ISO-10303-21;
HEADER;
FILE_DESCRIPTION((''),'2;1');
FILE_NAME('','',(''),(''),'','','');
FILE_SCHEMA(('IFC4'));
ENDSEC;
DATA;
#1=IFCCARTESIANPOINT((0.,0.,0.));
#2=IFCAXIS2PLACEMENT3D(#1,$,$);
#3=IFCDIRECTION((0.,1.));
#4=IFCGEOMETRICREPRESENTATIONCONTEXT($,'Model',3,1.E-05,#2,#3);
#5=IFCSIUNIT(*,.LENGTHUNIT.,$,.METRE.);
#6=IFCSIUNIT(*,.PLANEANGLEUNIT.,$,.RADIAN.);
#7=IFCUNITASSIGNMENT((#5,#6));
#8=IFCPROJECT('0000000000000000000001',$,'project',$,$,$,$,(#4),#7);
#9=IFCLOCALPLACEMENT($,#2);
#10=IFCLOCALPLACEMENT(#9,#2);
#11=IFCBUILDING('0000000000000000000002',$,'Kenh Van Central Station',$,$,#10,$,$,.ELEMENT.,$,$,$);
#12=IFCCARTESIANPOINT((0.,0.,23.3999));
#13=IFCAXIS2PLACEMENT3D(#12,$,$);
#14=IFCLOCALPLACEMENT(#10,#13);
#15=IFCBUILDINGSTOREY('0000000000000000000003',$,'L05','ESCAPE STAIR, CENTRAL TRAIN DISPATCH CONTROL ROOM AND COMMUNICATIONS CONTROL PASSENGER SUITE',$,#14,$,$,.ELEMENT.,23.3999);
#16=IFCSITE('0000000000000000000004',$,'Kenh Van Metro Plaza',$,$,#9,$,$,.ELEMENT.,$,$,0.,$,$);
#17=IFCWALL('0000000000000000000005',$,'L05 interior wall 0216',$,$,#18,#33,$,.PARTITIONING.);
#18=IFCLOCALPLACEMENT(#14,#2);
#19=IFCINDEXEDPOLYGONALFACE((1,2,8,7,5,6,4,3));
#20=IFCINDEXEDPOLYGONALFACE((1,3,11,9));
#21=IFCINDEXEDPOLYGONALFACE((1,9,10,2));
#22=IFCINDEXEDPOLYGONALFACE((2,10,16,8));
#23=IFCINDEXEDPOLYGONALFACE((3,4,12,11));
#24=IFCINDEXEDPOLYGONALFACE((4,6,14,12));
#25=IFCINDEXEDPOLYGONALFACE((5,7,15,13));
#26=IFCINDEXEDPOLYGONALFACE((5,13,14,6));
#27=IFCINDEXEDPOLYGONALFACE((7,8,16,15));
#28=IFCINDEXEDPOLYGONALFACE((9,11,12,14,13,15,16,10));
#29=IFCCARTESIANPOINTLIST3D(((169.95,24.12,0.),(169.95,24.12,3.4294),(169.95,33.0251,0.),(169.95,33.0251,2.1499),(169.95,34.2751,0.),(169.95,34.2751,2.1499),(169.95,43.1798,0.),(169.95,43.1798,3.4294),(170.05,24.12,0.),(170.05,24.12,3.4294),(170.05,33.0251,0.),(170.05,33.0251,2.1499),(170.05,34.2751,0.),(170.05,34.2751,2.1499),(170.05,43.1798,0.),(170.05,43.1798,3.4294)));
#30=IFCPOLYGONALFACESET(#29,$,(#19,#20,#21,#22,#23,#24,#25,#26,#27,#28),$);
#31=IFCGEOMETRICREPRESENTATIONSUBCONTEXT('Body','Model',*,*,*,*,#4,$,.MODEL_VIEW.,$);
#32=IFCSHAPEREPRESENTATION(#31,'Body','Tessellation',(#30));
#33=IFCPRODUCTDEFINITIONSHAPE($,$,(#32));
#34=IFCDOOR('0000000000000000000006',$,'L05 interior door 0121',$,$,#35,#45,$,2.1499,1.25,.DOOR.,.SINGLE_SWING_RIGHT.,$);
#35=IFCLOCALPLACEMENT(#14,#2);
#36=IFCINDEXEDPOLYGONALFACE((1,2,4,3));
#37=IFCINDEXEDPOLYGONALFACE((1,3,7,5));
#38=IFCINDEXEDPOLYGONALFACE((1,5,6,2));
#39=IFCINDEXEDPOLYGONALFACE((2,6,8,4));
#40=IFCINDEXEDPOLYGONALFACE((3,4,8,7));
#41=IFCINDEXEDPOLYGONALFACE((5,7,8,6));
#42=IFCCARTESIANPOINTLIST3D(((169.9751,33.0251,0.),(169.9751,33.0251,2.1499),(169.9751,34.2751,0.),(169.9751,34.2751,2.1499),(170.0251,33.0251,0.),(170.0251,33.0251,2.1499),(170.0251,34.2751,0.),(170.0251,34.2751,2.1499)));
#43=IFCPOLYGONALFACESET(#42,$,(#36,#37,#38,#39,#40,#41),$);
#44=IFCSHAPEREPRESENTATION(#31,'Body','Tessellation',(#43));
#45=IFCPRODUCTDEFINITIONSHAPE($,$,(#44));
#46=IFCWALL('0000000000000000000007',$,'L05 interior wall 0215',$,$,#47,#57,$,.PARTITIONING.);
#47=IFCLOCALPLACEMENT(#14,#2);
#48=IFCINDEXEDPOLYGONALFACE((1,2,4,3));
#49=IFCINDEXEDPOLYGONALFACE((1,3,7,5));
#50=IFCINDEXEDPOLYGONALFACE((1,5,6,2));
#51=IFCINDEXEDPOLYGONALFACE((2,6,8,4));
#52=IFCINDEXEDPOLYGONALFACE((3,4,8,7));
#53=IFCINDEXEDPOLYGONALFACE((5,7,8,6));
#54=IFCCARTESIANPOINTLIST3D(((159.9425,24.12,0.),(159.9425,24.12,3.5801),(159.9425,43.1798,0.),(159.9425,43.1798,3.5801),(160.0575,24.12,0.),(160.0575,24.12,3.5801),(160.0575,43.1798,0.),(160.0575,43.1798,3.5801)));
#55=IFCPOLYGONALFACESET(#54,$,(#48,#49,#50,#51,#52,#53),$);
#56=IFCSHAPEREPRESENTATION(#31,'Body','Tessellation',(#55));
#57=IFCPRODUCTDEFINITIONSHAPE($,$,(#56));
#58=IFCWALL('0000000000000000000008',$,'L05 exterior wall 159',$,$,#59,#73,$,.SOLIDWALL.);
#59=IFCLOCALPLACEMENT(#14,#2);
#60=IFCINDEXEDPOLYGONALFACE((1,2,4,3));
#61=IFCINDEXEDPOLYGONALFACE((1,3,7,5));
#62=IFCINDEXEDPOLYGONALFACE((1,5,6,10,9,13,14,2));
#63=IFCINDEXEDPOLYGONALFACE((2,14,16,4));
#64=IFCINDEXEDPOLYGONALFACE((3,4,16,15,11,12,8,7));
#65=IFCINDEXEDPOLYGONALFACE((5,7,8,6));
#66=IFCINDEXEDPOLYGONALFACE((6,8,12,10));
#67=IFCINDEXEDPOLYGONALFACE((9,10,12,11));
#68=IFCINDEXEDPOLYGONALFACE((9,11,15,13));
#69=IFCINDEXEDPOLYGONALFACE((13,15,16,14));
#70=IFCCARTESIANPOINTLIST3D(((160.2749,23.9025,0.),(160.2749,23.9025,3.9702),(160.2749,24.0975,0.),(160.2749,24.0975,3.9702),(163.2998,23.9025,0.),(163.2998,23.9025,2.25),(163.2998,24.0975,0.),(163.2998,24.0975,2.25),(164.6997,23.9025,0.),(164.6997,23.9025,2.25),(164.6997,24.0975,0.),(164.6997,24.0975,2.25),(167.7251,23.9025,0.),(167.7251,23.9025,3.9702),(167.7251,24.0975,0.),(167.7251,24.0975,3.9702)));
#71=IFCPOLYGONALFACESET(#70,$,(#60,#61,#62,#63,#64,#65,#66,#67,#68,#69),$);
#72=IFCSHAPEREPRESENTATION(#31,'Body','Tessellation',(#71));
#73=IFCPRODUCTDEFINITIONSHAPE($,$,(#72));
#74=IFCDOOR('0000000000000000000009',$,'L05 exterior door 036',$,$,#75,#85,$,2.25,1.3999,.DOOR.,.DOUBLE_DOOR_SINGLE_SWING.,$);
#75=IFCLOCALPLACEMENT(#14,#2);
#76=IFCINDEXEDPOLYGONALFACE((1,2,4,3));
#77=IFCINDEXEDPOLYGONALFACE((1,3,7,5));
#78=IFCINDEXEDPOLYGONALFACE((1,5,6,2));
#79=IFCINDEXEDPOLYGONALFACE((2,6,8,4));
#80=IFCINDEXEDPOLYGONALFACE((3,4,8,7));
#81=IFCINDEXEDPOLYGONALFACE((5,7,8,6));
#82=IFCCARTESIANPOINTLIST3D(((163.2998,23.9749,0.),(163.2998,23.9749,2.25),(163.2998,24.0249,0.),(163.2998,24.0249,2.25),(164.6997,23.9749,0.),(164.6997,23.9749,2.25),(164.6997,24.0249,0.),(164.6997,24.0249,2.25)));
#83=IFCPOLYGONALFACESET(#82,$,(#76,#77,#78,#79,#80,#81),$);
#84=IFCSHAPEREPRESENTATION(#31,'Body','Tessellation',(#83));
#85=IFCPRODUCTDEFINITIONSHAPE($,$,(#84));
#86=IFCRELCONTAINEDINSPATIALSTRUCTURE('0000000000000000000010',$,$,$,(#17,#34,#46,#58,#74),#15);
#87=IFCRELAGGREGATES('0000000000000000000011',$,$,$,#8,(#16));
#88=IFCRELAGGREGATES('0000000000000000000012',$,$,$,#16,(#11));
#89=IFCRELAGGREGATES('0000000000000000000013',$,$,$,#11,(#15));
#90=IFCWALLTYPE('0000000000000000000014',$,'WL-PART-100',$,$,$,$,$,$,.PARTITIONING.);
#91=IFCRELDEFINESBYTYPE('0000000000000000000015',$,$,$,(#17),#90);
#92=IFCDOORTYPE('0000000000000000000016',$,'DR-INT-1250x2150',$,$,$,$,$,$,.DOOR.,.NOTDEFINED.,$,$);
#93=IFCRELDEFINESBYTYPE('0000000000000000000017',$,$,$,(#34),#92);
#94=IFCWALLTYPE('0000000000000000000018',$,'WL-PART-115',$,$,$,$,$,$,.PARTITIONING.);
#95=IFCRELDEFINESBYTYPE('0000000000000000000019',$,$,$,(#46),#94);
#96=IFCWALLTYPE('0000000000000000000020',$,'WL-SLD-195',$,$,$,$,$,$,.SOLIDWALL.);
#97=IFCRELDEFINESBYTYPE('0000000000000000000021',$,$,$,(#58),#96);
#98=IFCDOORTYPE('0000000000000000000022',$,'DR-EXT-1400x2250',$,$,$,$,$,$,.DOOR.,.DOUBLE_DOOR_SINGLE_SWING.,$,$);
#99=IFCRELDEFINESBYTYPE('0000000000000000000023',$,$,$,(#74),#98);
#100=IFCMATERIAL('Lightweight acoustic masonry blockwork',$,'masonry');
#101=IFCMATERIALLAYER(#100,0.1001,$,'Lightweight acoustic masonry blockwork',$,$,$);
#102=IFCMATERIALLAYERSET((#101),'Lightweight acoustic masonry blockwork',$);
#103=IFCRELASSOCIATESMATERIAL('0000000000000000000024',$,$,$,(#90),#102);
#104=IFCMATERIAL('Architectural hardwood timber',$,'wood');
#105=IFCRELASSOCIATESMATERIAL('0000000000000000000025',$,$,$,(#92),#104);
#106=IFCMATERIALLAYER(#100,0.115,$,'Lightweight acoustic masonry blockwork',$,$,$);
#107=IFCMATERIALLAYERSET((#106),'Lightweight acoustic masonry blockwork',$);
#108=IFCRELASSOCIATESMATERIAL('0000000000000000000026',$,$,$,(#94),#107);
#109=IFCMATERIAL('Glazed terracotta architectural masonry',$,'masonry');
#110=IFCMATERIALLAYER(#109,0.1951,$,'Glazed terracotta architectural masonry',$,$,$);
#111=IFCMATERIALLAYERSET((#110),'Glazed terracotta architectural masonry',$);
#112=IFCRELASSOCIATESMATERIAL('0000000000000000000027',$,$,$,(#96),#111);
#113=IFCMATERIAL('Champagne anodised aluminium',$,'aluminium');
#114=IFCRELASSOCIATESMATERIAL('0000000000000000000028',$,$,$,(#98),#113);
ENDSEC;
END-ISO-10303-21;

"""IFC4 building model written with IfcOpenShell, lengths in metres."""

from ifc_helpers import new_model, si_unit, direction, frame, frame_2d, origin, place, context, subcontext, project, spatial, rectangle, extrude, material, layer, layer_set, type_object, element, fill, save


model = new_model("IFC4")

# Units and contexts
model_context = context("Model", 3, precision=1e-05, world=origin(), true_north=direction((0.0, 1.0)))
body_context = subcontext(model_context, "Body", "Model", "MODEL_VIEW")
ifc_project = project(units=[si_unit("LENGTHUNIT", "METRE"), si_unit("PLANEANGLEUNIT", "RADIAN")], contexts=[model_context])

# Site, building, storey
site_placement = place(None, origin())
site = spatial("IfcSite", under=ifc_project, at=site_placement, Name="Kenh Van Metro Plaza", CompositionType="ELEMENT", RefElevation=0.0)
building_placement = place(site_placement, origin())
building = spatial("IfcBuilding", under=site, at=building_placement, Name="Kenh Van Central Station", CompositionType="ELEMENT")
storey_placement = place(building_placement, frame((0.0, 0.0, 23.3999)))
storey = spatial("IfcBuildingStorey", under=building, at=storey_placement, Name="L05", Description="ESCAPE STAIR, CENTRAL TRAIN DISPATCH CONTROL ROOM AND COMMUNICATIONS CONTROL PASSENGER SUITE", CompositionType="ELEMENT", Elevation=23.3999)

# Wall, opening, door
ifc_material_1 = material(Name="Lightweight acoustic masonry blockwork", Category="masonry")
ifc_layer_1 = layer(ifc_material_1, 0.1001, Name="Lightweight acoustic masonry blockwork")
ifc_layer_set_1 = layer_set([ifc_layer_1], Name="Lightweight acoustic masonry blockwork")
wall_type_1 = type_object("IfcWallType", Name="WL-PART-100", PredefinedType="PARTITIONING", material=ifc_layer_set_1)
wall_1_placement = place(storey_placement, frame((170.0, 24.1201, 0.0), z_axis=(0.0, 0.0, 1.0), x_axis=(0.0, 1.0, 0.0)))
wall_1 = element("IfcWall", 1, at=wall_1_placement, inside=storey, type_object=wall_type_1, Name="L05 interior wall 0216", PredefinedType="PARTITIONING", context=body_context, shape_type="SweptSolid", body=[
    extrude(rectangle(XDim=19.0598, YDim=0.1001, at=frame_2d((9.5298, 0.0))), origin(), (0.0, 0.0, 1.0), 3.4294),
])
opening_1_placement = place(wall_1_placement, frame((8.905, 0.0, 0.0)))
opening_1 = element("IfcOpeningElement", 2, at=opening_1_placement, cuts=wall_1, PredefinedType="OPENING", context=body_context, shape_type="SweptSolid", body=[
    extrude(rectangle(XDim=1.25, YDim=2.1499, at=frame_2d((0.625, 1.075))), frame((0.0, 0.0601, 0.0), z_axis=(0.0, -1.0, 0.0), x_axis=(1.0, 0.0, 0.0)), (0.0, 0.0, 1.0), 0.1201),
])
ifc_material_2 = material(Name="Architectural hardwood timber", Category="wood")
door_type_1 = type_object("IfcDoorType", Name="DR-INT-1250x2150", OperationType="NOTDEFINED", PredefinedType="DOOR", material=ifc_material_2)
door_1_placement = place(opening_1_placement, origin())
door_1 = element("IfcDoor", 3, at=door_1_placement, inside=storey, type_object=door_type_1, Name="L05 interior door 0121", OperationType="SINGLE_SWING_RIGHT", OverallHeight=2.1499, OverallWidth=1.25, PredefinedType="DOOR", context=body_context, shape_type="SweptSolid", body=[
    extrude(rectangle(XDim=1.25, YDim=2.1499, at=frame_2d((0.625, 1.075))), frame((0.0, 0.0249, 0.0), z_axis=(0.0, -1.0, 0.0), x_axis=(1.0, 0.0, 0.0)), (0.0, 0.0, 1.0), 0.05),
])
fill(opening_1, door_1)

# Wall
ifc_layer_2 = layer(ifc_material_1, 0.115, Name="Lightweight acoustic masonry blockwork")
ifc_layer_set_2 = layer_set([ifc_layer_2], Name="Lightweight acoustic masonry blockwork")
wall_type_2 = type_object("IfcWallType", Name="WL-PART-115", PredefinedType="PARTITIONING", material=ifc_layer_set_2)
wall_2_placement = place(storey_placement, frame((160.0, 24.1201, 0.0), z_axis=(0.0, 0.0, 1.0), x_axis=(0.0, 1.0, 0.0)))
element("IfcWall", 4, at=wall_2_placement, inside=storey, type_object=wall_type_2, Name="L05 interior wall 0215", PredefinedType="PARTITIONING", context=body_context, shape_type="SweptSolid", body=[
    extrude(rectangle(XDim=19.0598, YDim=0.115, at=frame_2d((9.5298, 0.0))), origin(), (0.0, 0.0, 1.0), 3.5801),
])

# Wall, opening, door
ifc_material_3 = material(Name="Glazed terracotta architectural masonry", Category="masonry")
ifc_layer_3 = layer(ifc_material_3, 0.1951, Name="Glazed terracotta architectural masonry")
ifc_layer_set_3 = layer_set([ifc_layer_3], Name="Glazed terracotta architectural masonry")
wall_type_3 = type_object("IfcWallType", Name="WL-SLD-195", PredefinedType="SOLIDWALL", material=ifc_layer_set_3)
wall_3_placement = place(storey_placement, frame((160.2749, 24.0, 0.0), z_axis=(0.0, 0.0, 1.0), x_axis=(1.0, 0.0, 0.0)))
wall_3 = element("IfcWall", 5, at=wall_3_placement, inside=storey, type_object=wall_type_3, Name="L05 exterior wall 159", PredefinedType="SOLIDWALL", context=body_context, shape_type="SweptSolid", body=[
    extrude(rectangle(XDim=7.4502, YDim=0.1951, at=frame_2d((3.7251, 0.0))), origin(), (0.0, 0.0, 1.0), 3.9702),
])
opening_2_placement = place(wall_3_placement, frame((3.0249, 0.0, 0.0)))
opening_2 = element("IfcOpeningElement", 6, at=opening_2_placement, cuts=wall_3, PredefinedType="OPENING", context=body_context, shape_type="SweptSolid", body=[
    extrude(rectangle(XDim=1.3999, YDim=2.25, at=frame_2d((0.7, 1.125))), frame((0.0, 0.1074, 0.0), z_axis=(0.0, -1.0, 0.0), x_axis=(1.0, 0.0, 0.0)), (0.0, 0.0, 1.0), 0.2151),
])
ifc_material_4 = material(Name="Champagne anodised aluminium", Category="aluminium")
door_type_2 = type_object("IfcDoorType", Name="DR-EXT-1400x2250", OperationType="DOUBLE_DOOR_SINGLE_SWING", PredefinedType="DOOR", material=ifc_material_4)
door_2_placement = place(opening_2_placement, frame((1.3999, 0.0, 0.0), z_axis=(0.0, 0.0, 1.0), x_axis=(-1.0, 0.0, 0.0)))
door_2 = element("IfcDoor", 7, at=door_2_placement, inside=storey, type_object=door_type_2, Name="L05 exterior door 036", OperationType="DOUBLE_DOOR_SINGLE_SWING", OverallHeight=2.25, OverallWidth=1.3999, PredefinedType="DOOR", context=body_context, shape_type="SweptSolid", body=[
    extrude(rectangle(XDim=1.3999, YDim=2.25, at=frame_2d((-0.7, 1.125))), frame((0.0, -0.0249, 0.0), z_axis=(0.0, 1.0, 0.0), x_axis=(-1.0, 0.0, 0.0)), (0.0, 0.0, 1.0), 0.05),
])
fill(opening_2, door_2)

save(model, "model.ifc")
